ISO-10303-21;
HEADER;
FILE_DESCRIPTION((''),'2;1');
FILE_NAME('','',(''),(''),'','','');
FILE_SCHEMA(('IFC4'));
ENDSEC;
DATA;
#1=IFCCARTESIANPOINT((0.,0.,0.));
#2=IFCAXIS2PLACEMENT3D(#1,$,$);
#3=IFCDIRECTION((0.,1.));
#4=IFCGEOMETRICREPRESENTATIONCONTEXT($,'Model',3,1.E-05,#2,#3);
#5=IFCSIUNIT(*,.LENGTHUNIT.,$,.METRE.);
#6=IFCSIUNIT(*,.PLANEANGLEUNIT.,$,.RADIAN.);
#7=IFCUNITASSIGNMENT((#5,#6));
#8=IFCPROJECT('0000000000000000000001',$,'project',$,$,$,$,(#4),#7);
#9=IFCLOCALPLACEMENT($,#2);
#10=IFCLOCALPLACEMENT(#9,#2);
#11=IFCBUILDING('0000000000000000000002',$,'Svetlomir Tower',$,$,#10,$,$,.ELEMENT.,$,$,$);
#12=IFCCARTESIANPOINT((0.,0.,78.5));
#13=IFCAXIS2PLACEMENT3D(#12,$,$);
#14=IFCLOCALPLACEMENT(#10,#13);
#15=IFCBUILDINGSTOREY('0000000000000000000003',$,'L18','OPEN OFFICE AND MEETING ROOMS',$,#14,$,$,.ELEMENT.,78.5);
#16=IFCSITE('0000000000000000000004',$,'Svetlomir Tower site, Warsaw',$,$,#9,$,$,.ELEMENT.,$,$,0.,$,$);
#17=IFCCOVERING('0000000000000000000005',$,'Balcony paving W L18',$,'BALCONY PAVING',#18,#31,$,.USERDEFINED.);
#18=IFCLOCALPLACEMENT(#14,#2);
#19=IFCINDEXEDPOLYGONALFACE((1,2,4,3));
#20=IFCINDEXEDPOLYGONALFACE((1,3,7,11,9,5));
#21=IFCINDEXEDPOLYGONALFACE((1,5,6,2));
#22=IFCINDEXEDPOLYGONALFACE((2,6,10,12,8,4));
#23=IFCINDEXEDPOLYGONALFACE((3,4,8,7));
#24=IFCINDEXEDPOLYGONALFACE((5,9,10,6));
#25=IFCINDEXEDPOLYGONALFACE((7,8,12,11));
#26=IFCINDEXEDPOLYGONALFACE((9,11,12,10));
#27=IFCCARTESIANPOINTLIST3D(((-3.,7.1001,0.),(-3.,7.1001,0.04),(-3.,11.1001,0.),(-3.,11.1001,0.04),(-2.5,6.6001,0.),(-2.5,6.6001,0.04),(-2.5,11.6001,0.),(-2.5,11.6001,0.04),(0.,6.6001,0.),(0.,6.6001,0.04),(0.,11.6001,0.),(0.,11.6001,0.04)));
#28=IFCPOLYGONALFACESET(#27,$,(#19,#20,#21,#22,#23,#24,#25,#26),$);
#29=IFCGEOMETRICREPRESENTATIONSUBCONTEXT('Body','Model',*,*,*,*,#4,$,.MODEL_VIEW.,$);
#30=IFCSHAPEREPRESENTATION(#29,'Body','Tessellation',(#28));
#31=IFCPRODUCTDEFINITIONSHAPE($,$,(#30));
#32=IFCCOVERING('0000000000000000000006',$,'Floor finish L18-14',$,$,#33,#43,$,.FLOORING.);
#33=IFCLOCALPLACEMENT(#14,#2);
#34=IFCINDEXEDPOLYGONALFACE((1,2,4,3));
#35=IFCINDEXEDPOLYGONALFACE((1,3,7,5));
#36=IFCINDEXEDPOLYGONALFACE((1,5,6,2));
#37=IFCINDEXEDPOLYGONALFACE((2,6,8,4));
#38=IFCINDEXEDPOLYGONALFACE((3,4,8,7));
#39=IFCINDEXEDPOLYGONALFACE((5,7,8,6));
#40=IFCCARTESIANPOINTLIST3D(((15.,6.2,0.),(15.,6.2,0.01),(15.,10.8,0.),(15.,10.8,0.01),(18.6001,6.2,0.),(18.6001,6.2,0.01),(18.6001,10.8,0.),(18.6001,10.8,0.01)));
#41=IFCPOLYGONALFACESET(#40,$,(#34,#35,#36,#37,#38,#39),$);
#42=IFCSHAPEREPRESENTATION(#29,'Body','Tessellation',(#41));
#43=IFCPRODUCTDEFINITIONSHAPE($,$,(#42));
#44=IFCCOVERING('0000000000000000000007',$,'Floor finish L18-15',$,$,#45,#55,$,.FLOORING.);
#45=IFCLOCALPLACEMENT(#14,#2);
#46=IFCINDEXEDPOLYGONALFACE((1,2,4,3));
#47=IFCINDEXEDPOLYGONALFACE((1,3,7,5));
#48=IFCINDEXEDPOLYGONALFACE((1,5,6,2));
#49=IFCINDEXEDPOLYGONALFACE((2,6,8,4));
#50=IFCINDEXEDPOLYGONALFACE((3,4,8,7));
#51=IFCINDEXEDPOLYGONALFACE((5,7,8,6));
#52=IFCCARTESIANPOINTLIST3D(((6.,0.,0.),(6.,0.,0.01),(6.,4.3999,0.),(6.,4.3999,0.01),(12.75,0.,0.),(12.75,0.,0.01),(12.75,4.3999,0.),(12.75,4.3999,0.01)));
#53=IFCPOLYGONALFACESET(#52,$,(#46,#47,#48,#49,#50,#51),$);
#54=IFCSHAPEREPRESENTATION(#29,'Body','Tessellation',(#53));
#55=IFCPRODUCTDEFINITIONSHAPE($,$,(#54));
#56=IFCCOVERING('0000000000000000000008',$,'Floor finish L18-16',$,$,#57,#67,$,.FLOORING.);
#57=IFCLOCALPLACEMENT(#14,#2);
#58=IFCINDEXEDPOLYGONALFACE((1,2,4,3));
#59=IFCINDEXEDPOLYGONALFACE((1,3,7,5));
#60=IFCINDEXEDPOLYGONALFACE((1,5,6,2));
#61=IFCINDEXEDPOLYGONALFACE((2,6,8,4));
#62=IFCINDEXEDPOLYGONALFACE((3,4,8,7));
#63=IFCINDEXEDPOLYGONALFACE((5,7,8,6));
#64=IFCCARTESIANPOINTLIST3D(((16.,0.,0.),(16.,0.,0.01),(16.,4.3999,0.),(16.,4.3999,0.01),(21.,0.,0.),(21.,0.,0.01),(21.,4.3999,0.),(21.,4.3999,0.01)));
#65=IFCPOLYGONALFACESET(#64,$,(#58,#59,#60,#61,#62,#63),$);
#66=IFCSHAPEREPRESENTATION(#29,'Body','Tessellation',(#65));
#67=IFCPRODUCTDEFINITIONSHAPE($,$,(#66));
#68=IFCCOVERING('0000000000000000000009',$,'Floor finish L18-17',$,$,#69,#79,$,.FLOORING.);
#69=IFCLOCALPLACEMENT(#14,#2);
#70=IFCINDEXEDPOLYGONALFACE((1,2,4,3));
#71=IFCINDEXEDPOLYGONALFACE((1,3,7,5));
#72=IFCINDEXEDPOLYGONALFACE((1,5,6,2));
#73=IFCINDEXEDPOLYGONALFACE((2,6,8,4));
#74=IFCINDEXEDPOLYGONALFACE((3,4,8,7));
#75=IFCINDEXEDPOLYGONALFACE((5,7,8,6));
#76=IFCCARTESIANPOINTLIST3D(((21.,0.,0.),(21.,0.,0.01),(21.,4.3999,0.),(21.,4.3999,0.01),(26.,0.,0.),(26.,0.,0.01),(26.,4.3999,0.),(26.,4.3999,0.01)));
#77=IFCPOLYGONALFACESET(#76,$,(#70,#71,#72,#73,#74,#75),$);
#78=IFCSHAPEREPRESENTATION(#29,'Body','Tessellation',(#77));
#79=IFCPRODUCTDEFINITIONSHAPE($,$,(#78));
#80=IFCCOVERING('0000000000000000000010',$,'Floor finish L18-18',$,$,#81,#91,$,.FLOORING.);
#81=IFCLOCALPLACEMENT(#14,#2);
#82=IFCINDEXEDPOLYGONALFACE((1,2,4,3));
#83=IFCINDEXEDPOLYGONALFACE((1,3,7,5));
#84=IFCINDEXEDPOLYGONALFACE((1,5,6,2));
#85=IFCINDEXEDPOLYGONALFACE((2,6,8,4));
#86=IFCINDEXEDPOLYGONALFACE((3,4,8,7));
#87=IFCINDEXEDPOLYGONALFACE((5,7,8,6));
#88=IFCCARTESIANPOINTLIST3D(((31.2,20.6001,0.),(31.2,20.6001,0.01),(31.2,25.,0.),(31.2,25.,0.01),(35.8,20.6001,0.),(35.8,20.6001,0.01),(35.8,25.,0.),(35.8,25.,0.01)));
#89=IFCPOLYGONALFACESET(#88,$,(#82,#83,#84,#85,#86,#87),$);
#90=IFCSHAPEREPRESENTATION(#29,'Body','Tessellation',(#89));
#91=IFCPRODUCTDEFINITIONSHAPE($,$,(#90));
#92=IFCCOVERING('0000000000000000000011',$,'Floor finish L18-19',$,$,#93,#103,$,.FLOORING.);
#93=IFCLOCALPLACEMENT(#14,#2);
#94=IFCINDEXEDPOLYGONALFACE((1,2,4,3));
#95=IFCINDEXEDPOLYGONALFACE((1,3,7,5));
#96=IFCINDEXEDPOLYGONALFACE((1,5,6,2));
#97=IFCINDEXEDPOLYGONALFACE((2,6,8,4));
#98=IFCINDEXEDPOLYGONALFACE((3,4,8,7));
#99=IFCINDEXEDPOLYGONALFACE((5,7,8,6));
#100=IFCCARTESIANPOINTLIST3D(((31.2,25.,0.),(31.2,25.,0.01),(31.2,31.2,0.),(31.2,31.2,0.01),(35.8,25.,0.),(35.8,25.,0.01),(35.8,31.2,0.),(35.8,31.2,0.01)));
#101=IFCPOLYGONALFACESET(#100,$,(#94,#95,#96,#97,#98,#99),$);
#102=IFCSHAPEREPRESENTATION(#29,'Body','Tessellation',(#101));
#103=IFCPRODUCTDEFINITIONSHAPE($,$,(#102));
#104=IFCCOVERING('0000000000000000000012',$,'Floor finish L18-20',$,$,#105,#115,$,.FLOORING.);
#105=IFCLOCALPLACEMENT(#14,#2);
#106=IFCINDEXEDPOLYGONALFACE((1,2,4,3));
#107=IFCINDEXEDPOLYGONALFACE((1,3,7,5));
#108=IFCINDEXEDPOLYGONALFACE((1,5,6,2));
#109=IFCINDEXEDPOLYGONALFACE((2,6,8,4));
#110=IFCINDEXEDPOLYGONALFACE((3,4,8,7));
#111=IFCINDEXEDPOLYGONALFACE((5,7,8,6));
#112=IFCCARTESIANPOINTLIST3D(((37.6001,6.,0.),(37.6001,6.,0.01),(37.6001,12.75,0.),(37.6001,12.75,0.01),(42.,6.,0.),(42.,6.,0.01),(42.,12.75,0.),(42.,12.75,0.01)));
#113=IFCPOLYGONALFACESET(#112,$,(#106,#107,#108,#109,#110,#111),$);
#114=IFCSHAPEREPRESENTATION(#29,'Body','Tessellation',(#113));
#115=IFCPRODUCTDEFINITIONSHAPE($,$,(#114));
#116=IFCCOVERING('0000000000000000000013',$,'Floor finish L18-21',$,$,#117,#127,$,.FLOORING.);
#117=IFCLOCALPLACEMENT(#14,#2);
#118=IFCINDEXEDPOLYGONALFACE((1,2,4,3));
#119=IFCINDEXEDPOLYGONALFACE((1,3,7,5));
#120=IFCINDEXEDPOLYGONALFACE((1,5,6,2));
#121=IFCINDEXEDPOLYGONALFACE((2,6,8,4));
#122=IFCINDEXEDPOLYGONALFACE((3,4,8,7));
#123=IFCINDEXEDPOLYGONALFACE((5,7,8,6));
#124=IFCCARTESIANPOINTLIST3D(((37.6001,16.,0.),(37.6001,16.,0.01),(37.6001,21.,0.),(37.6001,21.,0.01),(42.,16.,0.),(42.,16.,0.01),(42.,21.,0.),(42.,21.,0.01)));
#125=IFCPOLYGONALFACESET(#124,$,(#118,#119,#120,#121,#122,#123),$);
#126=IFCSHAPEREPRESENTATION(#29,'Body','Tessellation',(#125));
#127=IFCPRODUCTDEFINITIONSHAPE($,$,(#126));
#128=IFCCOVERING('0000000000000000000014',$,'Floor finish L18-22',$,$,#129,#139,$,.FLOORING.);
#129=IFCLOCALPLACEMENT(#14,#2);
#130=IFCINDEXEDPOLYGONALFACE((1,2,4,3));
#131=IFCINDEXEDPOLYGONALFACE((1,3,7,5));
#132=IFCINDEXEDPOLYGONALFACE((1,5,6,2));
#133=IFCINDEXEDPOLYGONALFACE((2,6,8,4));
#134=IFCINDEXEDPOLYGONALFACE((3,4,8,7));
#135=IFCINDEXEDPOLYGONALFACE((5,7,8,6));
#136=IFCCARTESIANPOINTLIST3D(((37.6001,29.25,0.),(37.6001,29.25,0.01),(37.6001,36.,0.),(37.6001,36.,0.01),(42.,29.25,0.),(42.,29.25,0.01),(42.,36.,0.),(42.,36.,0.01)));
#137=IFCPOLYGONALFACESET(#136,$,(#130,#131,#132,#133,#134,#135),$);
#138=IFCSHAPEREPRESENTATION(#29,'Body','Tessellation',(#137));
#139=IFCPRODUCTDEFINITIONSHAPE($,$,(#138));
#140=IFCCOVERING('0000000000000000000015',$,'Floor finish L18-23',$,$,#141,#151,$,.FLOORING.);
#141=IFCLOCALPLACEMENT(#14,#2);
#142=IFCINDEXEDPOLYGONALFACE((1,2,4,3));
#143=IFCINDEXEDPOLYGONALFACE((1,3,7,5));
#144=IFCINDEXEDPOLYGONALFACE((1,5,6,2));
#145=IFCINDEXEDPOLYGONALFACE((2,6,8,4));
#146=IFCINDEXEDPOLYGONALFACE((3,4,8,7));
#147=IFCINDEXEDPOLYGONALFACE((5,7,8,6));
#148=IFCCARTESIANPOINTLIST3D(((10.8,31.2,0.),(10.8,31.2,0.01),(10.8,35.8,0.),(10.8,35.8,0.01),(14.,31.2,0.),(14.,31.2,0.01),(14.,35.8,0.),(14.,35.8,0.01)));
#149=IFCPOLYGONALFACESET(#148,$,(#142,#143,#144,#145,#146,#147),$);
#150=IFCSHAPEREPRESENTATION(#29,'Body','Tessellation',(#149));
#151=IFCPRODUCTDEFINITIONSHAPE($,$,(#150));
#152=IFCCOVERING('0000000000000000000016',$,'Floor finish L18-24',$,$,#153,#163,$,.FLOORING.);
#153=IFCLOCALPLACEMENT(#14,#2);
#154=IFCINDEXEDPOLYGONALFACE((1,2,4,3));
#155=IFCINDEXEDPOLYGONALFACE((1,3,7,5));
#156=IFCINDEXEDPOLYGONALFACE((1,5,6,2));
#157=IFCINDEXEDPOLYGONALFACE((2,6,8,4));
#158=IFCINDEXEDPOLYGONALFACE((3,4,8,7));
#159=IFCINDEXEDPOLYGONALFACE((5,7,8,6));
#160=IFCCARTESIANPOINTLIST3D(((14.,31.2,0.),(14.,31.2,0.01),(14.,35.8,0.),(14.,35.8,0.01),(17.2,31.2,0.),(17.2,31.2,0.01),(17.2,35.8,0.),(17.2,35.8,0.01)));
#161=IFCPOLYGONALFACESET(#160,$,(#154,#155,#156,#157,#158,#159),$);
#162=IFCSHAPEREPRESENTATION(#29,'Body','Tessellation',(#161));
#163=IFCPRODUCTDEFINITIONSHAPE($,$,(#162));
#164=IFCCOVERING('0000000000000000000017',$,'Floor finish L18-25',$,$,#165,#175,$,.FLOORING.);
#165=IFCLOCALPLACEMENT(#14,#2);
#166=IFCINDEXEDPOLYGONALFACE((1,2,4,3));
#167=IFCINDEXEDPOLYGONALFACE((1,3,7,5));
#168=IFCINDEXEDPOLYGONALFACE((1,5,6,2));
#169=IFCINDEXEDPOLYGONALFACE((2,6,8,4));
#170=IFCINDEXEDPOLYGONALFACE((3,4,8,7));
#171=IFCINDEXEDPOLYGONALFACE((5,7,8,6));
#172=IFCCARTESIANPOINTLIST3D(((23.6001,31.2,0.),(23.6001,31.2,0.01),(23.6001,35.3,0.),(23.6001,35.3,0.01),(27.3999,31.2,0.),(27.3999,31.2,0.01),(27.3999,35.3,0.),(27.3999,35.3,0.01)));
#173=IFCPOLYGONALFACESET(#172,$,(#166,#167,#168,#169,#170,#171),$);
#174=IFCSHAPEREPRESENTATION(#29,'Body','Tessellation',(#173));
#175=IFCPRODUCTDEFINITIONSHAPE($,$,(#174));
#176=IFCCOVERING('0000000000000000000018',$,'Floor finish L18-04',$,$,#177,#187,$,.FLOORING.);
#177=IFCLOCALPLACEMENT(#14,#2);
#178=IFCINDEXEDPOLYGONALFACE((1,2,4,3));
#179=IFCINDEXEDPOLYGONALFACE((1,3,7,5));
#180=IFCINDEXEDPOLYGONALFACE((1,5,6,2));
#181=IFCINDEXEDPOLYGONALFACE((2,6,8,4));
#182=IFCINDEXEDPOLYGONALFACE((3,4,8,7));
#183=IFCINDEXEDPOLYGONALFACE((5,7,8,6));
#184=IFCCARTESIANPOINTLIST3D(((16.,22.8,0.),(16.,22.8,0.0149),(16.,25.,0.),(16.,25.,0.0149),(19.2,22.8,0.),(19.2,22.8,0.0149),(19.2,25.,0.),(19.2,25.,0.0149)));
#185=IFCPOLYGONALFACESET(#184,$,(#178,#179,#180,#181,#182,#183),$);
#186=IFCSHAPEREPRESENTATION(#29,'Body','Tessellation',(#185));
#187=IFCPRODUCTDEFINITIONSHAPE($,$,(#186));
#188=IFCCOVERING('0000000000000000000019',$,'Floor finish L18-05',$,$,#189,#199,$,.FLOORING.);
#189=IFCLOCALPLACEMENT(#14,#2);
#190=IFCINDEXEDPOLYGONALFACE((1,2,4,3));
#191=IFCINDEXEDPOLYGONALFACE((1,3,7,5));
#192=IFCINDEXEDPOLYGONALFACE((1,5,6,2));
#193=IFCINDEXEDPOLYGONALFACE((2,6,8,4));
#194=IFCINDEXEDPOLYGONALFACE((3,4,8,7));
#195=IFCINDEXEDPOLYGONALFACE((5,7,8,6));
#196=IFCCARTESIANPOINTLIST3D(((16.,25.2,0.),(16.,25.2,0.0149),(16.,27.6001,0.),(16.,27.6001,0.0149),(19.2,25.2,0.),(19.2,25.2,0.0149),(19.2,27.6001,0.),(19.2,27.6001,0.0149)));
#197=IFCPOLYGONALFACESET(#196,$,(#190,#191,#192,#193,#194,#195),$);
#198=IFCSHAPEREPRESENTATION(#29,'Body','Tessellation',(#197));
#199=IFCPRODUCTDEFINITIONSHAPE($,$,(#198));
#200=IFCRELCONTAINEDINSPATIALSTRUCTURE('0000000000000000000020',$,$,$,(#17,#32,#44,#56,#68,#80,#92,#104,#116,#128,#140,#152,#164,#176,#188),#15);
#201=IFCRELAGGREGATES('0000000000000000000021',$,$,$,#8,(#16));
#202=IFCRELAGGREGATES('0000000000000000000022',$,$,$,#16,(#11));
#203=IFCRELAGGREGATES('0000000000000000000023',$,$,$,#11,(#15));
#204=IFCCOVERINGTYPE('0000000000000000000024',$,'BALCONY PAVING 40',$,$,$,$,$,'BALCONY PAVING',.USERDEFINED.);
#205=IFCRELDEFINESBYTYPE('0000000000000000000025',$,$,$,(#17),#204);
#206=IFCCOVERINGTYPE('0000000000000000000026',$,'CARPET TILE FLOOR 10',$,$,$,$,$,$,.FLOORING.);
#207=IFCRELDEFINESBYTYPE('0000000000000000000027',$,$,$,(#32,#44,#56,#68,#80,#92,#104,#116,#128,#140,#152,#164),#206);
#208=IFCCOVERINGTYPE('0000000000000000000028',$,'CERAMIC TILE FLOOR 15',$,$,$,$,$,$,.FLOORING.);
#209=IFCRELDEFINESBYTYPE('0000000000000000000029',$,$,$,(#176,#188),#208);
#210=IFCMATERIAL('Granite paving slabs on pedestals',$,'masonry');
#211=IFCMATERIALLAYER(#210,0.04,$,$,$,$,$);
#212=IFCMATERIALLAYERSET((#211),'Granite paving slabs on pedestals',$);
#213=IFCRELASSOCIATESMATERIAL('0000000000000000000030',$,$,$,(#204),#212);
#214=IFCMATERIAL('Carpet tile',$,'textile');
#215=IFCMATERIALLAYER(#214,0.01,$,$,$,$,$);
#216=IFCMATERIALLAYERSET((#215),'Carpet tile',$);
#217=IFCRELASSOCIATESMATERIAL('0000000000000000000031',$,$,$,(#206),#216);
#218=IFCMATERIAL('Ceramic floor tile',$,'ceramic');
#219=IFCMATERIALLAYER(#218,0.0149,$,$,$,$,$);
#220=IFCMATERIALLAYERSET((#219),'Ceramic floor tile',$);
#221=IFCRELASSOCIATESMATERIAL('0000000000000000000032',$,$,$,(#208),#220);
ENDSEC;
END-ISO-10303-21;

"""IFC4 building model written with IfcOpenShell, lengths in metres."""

from ifc_helpers import new_model, si_unit, direction, frame, origin, place, context, subcontext, project, spatial, polyline, outline, extrude, material, layer, layer_set, type_object, element, save


model = new_model("IFC4")

# Units and contexts
model_context = context("Model", 3, precision=1e-05, world=origin(), true_north=direction((0.0, 1.0)))
body_context = subcontext(model_context, "Body", "Model", "MODEL_VIEW")
ifc_project = project(units=[si_unit("LENGTHUNIT", "METRE"), si_unit("PLANEANGLEUNIT", "RADIAN")], contexts=[model_context])

# Site, building, storey
site_placement = place(None, origin())
site = spatial("IfcSite", under=ifc_project, at=site_placement, Name="Svetlomir Tower site, Warsaw", CompositionType="ELEMENT", RefElevation=0.0)
building_placement = place(site_placement, origin())
building = spatial("IfcBuilding", under=site, at=building_placement, Name="Svetlomir Tower", CompositionType="ELEMENT")
storey_placement = place(building_placement, frame((0.0, 0.0, 78.5)))
storey = spatial("IfcBuildingStorey", under=building, at=storey_placement, Name="L18", Description="OPEN OFFICE AND MEETING ROOMS", CompositionType="ELEMENT", Elevation=78.5)

# Coverings
ifc_material_1 = material(Name="Granite paving slabs on pedestals", Category="masonry")
ifc_layer_1 = layer(ifc_material_1, 0.04)
ifc_layer_set_1 = layer_set([ifc_layer_1], Name="Granite paving slabs on pedestals")
covering_type_1 = type_object("IfcCoveringType", Name="BALCONY PAVING 40", ElementType="BALCONY PAVING", PredefinedType="USERDEFINED", material=ifc_layer_set_1)
covering_1_placement = place(storey_placement, origin())
element("IfcCovering", 1, at=covering_1_placement, inside=storey, type_object=covering_type_1, Name="Balcony paving W L18", ObjectType="BALCONY PAVING", PredefinedType="USERDEFINED", context=body_context, shape_type="SweptSolid", body=[
    extrude(outline(polyline([(-2.5, 6.6001), (0.0, 6.6001), (0.0, 11.6001), (-2.5, 11.6001), (-3.0, 11.1001), (-3.0, 7.1001), (-2.5, 6.6001)])), origin(), (0.0, 0.0, 1.0), 0.04),
])
ifc_material_2 = material(Name="Carpet tile", Category="textile")
ifc_layer_2 = layer(ifc_material_2, 0.01)
ifc_layer_set_2 = layer_set([ifc_layer_2], Name="Carpet tile")
covering_type_2 = type_object("IfcCoveringType", Name="CARPET TILE FLOOR 10", PredefinedType="FLOORING", material=ifc_layer_set_2)
covering_2_placement = place(storey_placement, origin())
element("IfcCovering", 2, at=covering_2_placement, inside=storey, type_object=covering_type_2, Name="Floor finish L18-14", PredefinedType="FLOORING", context=body_context, shape_type="SweptSolid", body=[
    extrude(outline(polyline([(15.0, 6.2), (18.6001, 6.2), (18.6001, 10.8), (15.0, 10.8), (15.0, 6.2)])), origin(), (0.0, 0.0, 1.0), 0.01),
])
covering_3_placement = place(storey_placement, origin())
element("IfcCovering", 3, at=covering_3_placement, inside=storey, type_object=covering_type_2, Name="Floor finish L18-15", PredefinedType="FLOORING", context=body_context, shape_type="SweptSolid", body=[
    extrude(outline(polyline([(6.0, 0.0), (12.75, 0.0), (12.75, 4.3999), (6.0, 4.3999), (6.0, 0.0)])), origin(), (0.0, 0.0, 1.0), 0.01),
])
covering_4_placement = place(storey_placement, origin())
element("IfcCovering", 4, at=covering_4_placement, inside=storey, type_object=covering_type_2, Name="Floor finish L18-16", PredefinedType="FLOORING", context=body_context, shape_type="SweptSolid", body=[
    extrude(outline(polyline([(16.0, 0.0), (21.0, 0.0), (21.0, 4.3999), (16.0, 4.3999), (16.0, 0.0)])), origin(), (0.0, 0.0, 1.0), 0.01),
])
covering_5_placement = place(storey_placement, origin())
element("IfcCovering", 5, at=covering_5_placement, inside=storey, type_object=covering_type_2, Name="Floor finish L18-17", PredefinedType="FLOORING", context=body_context, shape_type="SweptSolid", body=[
    extrude(outline(polyline([(21.0, 0.0), (26.0, 0.0), (26.0, 4.3999), (21.0, 4.3999), (21.0, 0.0)])), origin(), (0.0, 0.0, 1.0), 0.01),
])
covering_6_placement = place(storey_placement, origin())
element("IfcCovering", 6, at=covering_6_placement, inside=storey, type_object=covering_type_2, Name="Floor finish L18-18", PredefinedType="FLOORING", context=body_context, shape_type="SweptSolid", body=[
    extrude(outline(polyline([(31.2, 20.6001), (35.8, 20.6001), (35.8, 25.0), (31.2, 25.0), (31.2, 20.6001)])), origin(), (0.0, 0.0, 1.0), 0.01),
])
covering_7_placement = place(storey_placement, origin())
element("IfcCovering", 7, at=covering_7_placement, inside=storey, type_object=covering_type_2, Name="Floor finish L18-19", PredefinedType="FLOORING", context=body_context, shape_type="SweptSolid", body=[
    extrude(outline(polyline([(31.2, 25.0), (35.8, 25.0), (35.8, 31.2), (31.2, 31.2), (31.2, 25.0)])), origin(), (0.0, 0.0, 1.0), 0.01),
])
covering_8_placement = place(storey_placement, origin())
element("IfcCovering", 8, at=covering_8_placement, inside=storey, type_object=covering_type_2, Name="Floor finish L18-20", PredefinedType="FLOORING", context=body_context, shape_type="SweptSolid", body=[
    extrude(outline(polyline([(37.6001, 6.0), (42.0, 6.0), (42.0, 12.75), (37.6001, 12.75), (37.6001, 6.0)])), origin(), (0.0, 0.0, 1.0), 0.01),
])
covering_9_placement = place(storey_placement, origin())
element("IfcCovering", 9, at=covering_9_placement, inside=storey, type_object=covering_type_2, Name="Floor finish L18-21", PredefinedType="FLOORING", context=body_context, shape_type="SweptSolid", body=[
    extrude(outline(polyline([(37.6001, 16.0), (42.0, 16.0), (42.0, 21.0), (37.6001, 21.0), (37.6001, 16.0)])), origin(), (0.0, 0.0, 1.0), 0.01),
])
covering_10_placement = place(storey_placement, origin())
element("IfcCovering", 10, at=covering_10_placement, inside=storey, type_object=covering_type_2, Name="Floor finish L18-22", PredefinedType="FLOORING", context=body_context, shape_type="SweptSolid", body=[
    extrude(outline(polyline([(37.6001, 29.25), (42.0, 29.25), (42.0, 36.0), (37.6001, 36.0), (37.6001, 29.25)])), origin(), (0.0, 0.0, 1.0), 0.01),
])
covering_11_placement = place(storey_placement, origin())
element("IfcCovering", 11, at=covering_11_placement, inside=storey, type_object=covering_type_2, Name="Floor finish L18-23", PredefinedType="FLOORING", context=body_context, shape_type="SweptSolid", body=[
    extrude(outline(polyline([(10.8, 31.2), (14.0, 31.2), (14.0, 35.8), (10.8, 35.8), (10.8, 31.2)])), origin(), (0.0, 0.0, 1.0), 0.01),
])
covering_12_placement = place(storey_placement, origin())
element("IfcCovering", 12, at=covering_12_placement, inside=storey, type_object=covering_type_2, Name="Floor finish L18-24", PredefinedType="FLOORING", context=body_context, shape_type="SweptSolid", body=[
    extrude(outline(polyline([(14.0, 31.2), (17.2, 31.2), (17.2, 35.8), (14.0, 35.8), (14.0, 31.2)])), origin(), (0.0, 0.0, 1.0), 0.01),
])
covering_13_placement = place(storey_placement, origin())
element("IfcCovering", 13, at=covering_13_placement, inside=storey, type_object=covering_type_2, Name="Floor finish L18-25", PredefinedType="FLOORING", context=body_context, shape_type="SweptSolid", body=[
    extrude(outline(polyline([(23.6001, 31.2), (27.3999, 31.2), (27.3999, 35.3), (23.6001, 35.3), (23.6001, 31.2)])), origin(), (0.0, 0.0, 1.0), 0.01),
])
ifc_material_3 = material(Name="Ceramic floor tile", Category="ceramic")
ifc_layer_3 = layer(ifc_material_3, 0.0149)
ifc_layer_set_3 = layer_set([ifc_layer_3], Name="Ceramic floor tile")
covering_type_3 = type_object("IfcCoveringType", Name="CERAMIC TILE FLOOR 15", PredefinedType="FLOORING", material=ifc_layer_set_3)
covering_14_placement = place(storey_placement, origin())
element("IfcCovering", 14, at=covering_14_placement, inside=storey, type_object=covering_type_3, Name="Floor finish L18-04", PredefinedType="FLOORING", context=body_context, shape_type="SweptSolid", body=[
    extrude(outline(polyline([(16.0, 22.8), (19.2, 22.8), (19.2, 25.0), (16.0, 25.0), (16.0, 22.8)])), origin(), (0.0, 0.0, 1.0), 0.0149),
])
covering_15_placement = place(storey_placement, origin())
element("IfcCovering", 15, at=covering_15_placement, inside=storey, type_object=covering_type_3, Name="Floor finish L18-05", PredefinedType="FLOORING", context=body_context, shape_type="SweptSolid", body=[
    extrude(outline(polyline([(16.0, 25.2), (19.2, 25.2), (19.2, 27.6001), (16.0, 27.6001), (16.0, 25.2)])), origin(), (0.0, 0.0, 1.0), 0.0149),
])

save(model, "model.ifc")
